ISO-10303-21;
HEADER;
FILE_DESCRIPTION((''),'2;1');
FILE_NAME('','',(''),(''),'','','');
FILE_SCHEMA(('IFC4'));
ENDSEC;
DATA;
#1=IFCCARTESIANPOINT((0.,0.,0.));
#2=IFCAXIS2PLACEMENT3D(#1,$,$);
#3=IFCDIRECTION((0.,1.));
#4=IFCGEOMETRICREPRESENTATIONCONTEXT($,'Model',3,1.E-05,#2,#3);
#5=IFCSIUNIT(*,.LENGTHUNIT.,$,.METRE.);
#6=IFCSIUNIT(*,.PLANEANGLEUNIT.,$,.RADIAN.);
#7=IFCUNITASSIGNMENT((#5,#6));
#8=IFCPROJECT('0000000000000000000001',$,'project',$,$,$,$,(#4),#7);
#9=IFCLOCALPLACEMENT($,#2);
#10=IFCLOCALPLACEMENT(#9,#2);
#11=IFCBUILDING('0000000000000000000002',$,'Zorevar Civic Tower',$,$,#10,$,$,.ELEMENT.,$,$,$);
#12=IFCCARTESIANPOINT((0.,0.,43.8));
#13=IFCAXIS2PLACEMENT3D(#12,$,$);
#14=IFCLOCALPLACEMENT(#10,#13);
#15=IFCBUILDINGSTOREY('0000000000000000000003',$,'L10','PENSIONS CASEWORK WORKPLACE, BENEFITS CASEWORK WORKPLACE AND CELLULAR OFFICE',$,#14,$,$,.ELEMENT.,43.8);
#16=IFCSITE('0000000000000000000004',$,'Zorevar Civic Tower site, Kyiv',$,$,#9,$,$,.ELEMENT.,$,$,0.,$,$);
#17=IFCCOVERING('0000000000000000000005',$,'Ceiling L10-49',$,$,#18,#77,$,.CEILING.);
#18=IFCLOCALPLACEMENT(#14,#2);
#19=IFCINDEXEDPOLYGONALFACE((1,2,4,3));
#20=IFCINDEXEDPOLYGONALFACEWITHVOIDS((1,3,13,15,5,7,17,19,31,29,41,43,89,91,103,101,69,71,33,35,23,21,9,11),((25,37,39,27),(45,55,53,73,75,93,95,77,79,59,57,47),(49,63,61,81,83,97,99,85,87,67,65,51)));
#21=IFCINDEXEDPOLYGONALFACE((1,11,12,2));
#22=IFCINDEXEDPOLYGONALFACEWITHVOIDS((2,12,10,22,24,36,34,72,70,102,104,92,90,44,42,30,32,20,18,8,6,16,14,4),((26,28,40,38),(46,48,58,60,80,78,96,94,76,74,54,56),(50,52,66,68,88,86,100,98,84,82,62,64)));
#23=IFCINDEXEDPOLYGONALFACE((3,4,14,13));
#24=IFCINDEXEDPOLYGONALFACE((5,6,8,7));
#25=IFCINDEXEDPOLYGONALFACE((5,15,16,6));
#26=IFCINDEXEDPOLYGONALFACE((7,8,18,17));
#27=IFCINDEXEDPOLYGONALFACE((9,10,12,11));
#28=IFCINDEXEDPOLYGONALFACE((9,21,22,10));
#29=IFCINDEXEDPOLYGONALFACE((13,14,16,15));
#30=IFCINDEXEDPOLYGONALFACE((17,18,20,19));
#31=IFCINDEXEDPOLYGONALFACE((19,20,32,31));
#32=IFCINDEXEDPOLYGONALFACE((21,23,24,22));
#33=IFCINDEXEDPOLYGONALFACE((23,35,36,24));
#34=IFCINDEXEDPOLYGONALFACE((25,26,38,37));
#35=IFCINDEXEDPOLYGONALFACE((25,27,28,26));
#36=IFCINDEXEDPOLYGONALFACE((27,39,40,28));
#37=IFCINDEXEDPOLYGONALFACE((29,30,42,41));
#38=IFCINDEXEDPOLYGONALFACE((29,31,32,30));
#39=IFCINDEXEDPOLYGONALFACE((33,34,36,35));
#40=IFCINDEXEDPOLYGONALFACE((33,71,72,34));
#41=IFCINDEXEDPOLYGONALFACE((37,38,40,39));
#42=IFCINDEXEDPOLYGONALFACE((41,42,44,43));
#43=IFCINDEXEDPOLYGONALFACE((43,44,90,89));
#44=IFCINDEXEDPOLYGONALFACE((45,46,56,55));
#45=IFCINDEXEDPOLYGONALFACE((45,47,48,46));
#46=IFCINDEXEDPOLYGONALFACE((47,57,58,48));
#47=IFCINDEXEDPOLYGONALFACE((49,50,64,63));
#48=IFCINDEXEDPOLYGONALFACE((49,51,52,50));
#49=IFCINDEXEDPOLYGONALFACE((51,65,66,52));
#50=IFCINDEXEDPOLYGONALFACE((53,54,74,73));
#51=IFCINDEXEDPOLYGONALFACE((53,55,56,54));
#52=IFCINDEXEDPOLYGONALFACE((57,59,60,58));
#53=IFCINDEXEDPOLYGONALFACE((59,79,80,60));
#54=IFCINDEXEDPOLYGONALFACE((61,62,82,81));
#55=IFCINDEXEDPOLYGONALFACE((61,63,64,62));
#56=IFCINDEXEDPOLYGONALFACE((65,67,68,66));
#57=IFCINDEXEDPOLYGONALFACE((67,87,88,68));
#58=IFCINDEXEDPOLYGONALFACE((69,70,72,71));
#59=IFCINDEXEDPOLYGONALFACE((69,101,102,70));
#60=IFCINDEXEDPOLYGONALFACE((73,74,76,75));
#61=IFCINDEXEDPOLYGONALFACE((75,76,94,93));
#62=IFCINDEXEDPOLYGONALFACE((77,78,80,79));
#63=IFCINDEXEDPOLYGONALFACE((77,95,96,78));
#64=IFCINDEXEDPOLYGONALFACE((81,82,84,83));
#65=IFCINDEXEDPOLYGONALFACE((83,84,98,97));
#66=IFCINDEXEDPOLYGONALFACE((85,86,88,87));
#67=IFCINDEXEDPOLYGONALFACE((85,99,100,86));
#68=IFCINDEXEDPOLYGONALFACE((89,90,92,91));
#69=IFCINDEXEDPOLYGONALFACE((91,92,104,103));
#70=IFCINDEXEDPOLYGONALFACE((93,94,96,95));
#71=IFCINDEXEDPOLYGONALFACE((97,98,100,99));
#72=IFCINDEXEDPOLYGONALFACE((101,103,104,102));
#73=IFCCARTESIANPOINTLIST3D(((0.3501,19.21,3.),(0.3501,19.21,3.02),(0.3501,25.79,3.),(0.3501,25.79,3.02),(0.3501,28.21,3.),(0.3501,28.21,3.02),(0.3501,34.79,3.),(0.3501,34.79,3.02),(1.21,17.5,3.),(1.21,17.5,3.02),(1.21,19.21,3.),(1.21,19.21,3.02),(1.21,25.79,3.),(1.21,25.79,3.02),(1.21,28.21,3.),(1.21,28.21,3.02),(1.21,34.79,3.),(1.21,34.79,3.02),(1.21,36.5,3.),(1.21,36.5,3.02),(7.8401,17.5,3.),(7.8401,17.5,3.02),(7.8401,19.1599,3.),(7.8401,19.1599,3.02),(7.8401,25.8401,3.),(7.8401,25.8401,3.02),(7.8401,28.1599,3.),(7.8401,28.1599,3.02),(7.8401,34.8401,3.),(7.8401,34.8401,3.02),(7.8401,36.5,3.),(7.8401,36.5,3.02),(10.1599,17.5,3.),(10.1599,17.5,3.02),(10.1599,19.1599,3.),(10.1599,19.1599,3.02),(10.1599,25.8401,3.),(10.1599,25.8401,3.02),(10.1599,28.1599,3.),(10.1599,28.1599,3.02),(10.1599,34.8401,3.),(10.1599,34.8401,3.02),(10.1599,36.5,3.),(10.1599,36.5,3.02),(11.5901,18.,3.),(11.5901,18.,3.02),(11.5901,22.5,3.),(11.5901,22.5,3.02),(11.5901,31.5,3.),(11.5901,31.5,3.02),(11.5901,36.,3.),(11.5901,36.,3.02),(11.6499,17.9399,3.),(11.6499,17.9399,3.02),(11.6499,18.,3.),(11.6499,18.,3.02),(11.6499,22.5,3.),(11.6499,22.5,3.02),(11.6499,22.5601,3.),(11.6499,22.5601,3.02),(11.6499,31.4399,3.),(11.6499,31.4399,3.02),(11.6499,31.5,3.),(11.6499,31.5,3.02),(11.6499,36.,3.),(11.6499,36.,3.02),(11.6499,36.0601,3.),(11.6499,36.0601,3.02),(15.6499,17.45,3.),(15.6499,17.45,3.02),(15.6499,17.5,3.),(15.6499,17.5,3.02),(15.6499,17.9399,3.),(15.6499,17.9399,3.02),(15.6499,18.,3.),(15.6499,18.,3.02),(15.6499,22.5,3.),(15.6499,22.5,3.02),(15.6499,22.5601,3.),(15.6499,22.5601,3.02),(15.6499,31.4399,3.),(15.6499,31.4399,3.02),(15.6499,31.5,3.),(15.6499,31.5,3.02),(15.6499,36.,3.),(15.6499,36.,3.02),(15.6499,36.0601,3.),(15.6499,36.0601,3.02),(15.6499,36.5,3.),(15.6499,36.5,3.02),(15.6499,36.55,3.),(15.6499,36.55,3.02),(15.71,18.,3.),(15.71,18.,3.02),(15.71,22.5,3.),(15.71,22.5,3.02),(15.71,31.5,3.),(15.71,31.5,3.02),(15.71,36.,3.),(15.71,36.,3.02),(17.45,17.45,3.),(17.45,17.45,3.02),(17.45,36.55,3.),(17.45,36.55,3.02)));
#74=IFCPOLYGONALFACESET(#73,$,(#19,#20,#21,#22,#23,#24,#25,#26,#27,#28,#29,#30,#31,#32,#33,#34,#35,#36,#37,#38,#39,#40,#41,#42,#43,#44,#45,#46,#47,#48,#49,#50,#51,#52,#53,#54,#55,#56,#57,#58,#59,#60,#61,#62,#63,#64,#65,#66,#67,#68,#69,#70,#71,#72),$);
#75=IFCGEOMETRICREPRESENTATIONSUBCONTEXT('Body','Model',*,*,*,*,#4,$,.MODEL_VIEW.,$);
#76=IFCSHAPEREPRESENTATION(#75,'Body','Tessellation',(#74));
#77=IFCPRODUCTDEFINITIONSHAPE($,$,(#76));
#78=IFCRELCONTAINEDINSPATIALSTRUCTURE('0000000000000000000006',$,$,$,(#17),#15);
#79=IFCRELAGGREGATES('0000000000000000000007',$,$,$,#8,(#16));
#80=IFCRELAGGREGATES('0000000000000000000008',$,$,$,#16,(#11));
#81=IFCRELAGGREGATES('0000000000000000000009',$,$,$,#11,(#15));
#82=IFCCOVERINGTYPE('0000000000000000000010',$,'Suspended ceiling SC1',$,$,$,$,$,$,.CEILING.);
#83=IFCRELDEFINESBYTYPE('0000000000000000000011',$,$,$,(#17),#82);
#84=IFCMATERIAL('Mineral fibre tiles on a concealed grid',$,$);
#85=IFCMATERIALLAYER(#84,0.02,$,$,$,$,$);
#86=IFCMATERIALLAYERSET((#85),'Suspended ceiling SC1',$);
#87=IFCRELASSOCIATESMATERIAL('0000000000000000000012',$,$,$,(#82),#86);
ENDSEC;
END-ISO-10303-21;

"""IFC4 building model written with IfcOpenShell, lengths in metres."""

from ifc_helpers import new_model, si_unit, direction, frame, origin, place, context, subcontext, project, spatial, polyline, outline, extrude, material, layer, layer_set, type_object, element, save


model = new_model("IFC4")

# Units and contexts
model_context = context("Model", 3, precision=1e-05, world=origin(), true_north=direction((0.0, 1.0)))
body_context = subcontext(model_context, "Body", "Model", "MODEL_VIEW")
ifc_project = project(units=[si_unit("LENGTHUNIT", "METRE"), si_unit("PLANEANGLEUNIT", "RADIAN")], contexts=[model_context])

# Site, building, storey
site_placement = place(None, origin())
site = spatial("IfcSite", under=ifc_project, at=site_placement, Name="Zorevar Civic Tower site, Kyiv", CompositionType="ELEMENT", RefElevation=0.0)
building_placement = place(site_placement, origin())
building = spatial("IfcBuilding", under=site, at=building_placement, Name="Zorevar Civic Tower", CompositionType="ELEMENT")
storey_placement = place(building_placement, frame((0.0, 0.0, 43.8)))
storey = spatial("IfcBuildingStorey", under=building, at=storey_placement, Name="L10", Description="PENSIONS CASEWORK WORKPLACE, BENEFITS CASEWORK WORKPLACE AND CELLULAR OFFICE", CompositionType="ELEMENT", Elevation=43.8)

# Covering
ifc_material_1 = material(Name="Mineral fibre tiles on a concealed grid")
ifc_layer_1 = layer(ifc_material_1, 0.02)
ifc_layer_set_1 = layer_set([ifc_layer_1], Name="Suspended ceiling SC1")
covering_type_1 = type_object("IfcCoveringType", Name="Suspended ceiling SC1", PredefinedType="CEILING", material=ifc_layer_set_1)
covering_1_placement = place(storey_placement, frame((0.0, 0.0, 3.0)))
element("IfcCovering", 1, at=covering_1_placement, inside=storey, type_object=covering_type_1, Name="Ceiling L10-49", PredefinedType="CEILING", context=body_context, shape_type="SweptSolid", body=[
    extrude(outline(polyline([(0.3501, 19.21), (0.3501, 25.79), (1.21, 25.79), (1.21, 28.21), (0.3501, 28.21), (0.3501, 34.79), (1.21, 34.79), (1.21, 36.5), (7.8401, 36.5), (7.8401, 34.8401), (10.1599, 34.8401), (10.1599, 36.5), (15.6499, 36.5), (15.6499, 36.55), (17.45, 36.55), (17.45, 17.45), (15.6499, 17.45), (15.6499, 17.5), (10.1599, 17.5), (10.1599, 19.1599), (7.8401, 19.1599), (7.8401, 17.5), (1.21, 17.5), (1.21, 19.21), (0.3501, 19.21)]), holes=[polyline([(11.5901, 18.0), (11.6499, 18.0), (11.6499, 17.9399), (15.6499, 17.9399), (15.6499, 18.0), (15.71, 18.0), (15.71, 22.5), (15.6499, 22.5), (15.6499, 22.5601), (11.6499, 22.5601), (11.6499, 22.5), (11.5901, 22.5), (11.5901, 18.0)]), polyline([(11.5901, 31.5), (11.6499, 31.5), (11.6499, 31.4399), (15.6499, 31.4399), (15.6499, 31.5), (15.71, 31.5), (15.71, 36.0), (15.6499, 36.0), (15.6499, 36.0601), (11.6499, 36.0601), (11.6499, 36.0), (11.5901, 36.0), (11.5901, 31.5)]), polyline([(7.8401, 28.1599), (7.8401, 25.8401), (10.1599, 25.8401), (10.1599, 28.1599), (7.8401, 28.1599)])]), origin(), (0.0, 0.0, 1.0), 0.02),
])

save(model, "model.ifc")
